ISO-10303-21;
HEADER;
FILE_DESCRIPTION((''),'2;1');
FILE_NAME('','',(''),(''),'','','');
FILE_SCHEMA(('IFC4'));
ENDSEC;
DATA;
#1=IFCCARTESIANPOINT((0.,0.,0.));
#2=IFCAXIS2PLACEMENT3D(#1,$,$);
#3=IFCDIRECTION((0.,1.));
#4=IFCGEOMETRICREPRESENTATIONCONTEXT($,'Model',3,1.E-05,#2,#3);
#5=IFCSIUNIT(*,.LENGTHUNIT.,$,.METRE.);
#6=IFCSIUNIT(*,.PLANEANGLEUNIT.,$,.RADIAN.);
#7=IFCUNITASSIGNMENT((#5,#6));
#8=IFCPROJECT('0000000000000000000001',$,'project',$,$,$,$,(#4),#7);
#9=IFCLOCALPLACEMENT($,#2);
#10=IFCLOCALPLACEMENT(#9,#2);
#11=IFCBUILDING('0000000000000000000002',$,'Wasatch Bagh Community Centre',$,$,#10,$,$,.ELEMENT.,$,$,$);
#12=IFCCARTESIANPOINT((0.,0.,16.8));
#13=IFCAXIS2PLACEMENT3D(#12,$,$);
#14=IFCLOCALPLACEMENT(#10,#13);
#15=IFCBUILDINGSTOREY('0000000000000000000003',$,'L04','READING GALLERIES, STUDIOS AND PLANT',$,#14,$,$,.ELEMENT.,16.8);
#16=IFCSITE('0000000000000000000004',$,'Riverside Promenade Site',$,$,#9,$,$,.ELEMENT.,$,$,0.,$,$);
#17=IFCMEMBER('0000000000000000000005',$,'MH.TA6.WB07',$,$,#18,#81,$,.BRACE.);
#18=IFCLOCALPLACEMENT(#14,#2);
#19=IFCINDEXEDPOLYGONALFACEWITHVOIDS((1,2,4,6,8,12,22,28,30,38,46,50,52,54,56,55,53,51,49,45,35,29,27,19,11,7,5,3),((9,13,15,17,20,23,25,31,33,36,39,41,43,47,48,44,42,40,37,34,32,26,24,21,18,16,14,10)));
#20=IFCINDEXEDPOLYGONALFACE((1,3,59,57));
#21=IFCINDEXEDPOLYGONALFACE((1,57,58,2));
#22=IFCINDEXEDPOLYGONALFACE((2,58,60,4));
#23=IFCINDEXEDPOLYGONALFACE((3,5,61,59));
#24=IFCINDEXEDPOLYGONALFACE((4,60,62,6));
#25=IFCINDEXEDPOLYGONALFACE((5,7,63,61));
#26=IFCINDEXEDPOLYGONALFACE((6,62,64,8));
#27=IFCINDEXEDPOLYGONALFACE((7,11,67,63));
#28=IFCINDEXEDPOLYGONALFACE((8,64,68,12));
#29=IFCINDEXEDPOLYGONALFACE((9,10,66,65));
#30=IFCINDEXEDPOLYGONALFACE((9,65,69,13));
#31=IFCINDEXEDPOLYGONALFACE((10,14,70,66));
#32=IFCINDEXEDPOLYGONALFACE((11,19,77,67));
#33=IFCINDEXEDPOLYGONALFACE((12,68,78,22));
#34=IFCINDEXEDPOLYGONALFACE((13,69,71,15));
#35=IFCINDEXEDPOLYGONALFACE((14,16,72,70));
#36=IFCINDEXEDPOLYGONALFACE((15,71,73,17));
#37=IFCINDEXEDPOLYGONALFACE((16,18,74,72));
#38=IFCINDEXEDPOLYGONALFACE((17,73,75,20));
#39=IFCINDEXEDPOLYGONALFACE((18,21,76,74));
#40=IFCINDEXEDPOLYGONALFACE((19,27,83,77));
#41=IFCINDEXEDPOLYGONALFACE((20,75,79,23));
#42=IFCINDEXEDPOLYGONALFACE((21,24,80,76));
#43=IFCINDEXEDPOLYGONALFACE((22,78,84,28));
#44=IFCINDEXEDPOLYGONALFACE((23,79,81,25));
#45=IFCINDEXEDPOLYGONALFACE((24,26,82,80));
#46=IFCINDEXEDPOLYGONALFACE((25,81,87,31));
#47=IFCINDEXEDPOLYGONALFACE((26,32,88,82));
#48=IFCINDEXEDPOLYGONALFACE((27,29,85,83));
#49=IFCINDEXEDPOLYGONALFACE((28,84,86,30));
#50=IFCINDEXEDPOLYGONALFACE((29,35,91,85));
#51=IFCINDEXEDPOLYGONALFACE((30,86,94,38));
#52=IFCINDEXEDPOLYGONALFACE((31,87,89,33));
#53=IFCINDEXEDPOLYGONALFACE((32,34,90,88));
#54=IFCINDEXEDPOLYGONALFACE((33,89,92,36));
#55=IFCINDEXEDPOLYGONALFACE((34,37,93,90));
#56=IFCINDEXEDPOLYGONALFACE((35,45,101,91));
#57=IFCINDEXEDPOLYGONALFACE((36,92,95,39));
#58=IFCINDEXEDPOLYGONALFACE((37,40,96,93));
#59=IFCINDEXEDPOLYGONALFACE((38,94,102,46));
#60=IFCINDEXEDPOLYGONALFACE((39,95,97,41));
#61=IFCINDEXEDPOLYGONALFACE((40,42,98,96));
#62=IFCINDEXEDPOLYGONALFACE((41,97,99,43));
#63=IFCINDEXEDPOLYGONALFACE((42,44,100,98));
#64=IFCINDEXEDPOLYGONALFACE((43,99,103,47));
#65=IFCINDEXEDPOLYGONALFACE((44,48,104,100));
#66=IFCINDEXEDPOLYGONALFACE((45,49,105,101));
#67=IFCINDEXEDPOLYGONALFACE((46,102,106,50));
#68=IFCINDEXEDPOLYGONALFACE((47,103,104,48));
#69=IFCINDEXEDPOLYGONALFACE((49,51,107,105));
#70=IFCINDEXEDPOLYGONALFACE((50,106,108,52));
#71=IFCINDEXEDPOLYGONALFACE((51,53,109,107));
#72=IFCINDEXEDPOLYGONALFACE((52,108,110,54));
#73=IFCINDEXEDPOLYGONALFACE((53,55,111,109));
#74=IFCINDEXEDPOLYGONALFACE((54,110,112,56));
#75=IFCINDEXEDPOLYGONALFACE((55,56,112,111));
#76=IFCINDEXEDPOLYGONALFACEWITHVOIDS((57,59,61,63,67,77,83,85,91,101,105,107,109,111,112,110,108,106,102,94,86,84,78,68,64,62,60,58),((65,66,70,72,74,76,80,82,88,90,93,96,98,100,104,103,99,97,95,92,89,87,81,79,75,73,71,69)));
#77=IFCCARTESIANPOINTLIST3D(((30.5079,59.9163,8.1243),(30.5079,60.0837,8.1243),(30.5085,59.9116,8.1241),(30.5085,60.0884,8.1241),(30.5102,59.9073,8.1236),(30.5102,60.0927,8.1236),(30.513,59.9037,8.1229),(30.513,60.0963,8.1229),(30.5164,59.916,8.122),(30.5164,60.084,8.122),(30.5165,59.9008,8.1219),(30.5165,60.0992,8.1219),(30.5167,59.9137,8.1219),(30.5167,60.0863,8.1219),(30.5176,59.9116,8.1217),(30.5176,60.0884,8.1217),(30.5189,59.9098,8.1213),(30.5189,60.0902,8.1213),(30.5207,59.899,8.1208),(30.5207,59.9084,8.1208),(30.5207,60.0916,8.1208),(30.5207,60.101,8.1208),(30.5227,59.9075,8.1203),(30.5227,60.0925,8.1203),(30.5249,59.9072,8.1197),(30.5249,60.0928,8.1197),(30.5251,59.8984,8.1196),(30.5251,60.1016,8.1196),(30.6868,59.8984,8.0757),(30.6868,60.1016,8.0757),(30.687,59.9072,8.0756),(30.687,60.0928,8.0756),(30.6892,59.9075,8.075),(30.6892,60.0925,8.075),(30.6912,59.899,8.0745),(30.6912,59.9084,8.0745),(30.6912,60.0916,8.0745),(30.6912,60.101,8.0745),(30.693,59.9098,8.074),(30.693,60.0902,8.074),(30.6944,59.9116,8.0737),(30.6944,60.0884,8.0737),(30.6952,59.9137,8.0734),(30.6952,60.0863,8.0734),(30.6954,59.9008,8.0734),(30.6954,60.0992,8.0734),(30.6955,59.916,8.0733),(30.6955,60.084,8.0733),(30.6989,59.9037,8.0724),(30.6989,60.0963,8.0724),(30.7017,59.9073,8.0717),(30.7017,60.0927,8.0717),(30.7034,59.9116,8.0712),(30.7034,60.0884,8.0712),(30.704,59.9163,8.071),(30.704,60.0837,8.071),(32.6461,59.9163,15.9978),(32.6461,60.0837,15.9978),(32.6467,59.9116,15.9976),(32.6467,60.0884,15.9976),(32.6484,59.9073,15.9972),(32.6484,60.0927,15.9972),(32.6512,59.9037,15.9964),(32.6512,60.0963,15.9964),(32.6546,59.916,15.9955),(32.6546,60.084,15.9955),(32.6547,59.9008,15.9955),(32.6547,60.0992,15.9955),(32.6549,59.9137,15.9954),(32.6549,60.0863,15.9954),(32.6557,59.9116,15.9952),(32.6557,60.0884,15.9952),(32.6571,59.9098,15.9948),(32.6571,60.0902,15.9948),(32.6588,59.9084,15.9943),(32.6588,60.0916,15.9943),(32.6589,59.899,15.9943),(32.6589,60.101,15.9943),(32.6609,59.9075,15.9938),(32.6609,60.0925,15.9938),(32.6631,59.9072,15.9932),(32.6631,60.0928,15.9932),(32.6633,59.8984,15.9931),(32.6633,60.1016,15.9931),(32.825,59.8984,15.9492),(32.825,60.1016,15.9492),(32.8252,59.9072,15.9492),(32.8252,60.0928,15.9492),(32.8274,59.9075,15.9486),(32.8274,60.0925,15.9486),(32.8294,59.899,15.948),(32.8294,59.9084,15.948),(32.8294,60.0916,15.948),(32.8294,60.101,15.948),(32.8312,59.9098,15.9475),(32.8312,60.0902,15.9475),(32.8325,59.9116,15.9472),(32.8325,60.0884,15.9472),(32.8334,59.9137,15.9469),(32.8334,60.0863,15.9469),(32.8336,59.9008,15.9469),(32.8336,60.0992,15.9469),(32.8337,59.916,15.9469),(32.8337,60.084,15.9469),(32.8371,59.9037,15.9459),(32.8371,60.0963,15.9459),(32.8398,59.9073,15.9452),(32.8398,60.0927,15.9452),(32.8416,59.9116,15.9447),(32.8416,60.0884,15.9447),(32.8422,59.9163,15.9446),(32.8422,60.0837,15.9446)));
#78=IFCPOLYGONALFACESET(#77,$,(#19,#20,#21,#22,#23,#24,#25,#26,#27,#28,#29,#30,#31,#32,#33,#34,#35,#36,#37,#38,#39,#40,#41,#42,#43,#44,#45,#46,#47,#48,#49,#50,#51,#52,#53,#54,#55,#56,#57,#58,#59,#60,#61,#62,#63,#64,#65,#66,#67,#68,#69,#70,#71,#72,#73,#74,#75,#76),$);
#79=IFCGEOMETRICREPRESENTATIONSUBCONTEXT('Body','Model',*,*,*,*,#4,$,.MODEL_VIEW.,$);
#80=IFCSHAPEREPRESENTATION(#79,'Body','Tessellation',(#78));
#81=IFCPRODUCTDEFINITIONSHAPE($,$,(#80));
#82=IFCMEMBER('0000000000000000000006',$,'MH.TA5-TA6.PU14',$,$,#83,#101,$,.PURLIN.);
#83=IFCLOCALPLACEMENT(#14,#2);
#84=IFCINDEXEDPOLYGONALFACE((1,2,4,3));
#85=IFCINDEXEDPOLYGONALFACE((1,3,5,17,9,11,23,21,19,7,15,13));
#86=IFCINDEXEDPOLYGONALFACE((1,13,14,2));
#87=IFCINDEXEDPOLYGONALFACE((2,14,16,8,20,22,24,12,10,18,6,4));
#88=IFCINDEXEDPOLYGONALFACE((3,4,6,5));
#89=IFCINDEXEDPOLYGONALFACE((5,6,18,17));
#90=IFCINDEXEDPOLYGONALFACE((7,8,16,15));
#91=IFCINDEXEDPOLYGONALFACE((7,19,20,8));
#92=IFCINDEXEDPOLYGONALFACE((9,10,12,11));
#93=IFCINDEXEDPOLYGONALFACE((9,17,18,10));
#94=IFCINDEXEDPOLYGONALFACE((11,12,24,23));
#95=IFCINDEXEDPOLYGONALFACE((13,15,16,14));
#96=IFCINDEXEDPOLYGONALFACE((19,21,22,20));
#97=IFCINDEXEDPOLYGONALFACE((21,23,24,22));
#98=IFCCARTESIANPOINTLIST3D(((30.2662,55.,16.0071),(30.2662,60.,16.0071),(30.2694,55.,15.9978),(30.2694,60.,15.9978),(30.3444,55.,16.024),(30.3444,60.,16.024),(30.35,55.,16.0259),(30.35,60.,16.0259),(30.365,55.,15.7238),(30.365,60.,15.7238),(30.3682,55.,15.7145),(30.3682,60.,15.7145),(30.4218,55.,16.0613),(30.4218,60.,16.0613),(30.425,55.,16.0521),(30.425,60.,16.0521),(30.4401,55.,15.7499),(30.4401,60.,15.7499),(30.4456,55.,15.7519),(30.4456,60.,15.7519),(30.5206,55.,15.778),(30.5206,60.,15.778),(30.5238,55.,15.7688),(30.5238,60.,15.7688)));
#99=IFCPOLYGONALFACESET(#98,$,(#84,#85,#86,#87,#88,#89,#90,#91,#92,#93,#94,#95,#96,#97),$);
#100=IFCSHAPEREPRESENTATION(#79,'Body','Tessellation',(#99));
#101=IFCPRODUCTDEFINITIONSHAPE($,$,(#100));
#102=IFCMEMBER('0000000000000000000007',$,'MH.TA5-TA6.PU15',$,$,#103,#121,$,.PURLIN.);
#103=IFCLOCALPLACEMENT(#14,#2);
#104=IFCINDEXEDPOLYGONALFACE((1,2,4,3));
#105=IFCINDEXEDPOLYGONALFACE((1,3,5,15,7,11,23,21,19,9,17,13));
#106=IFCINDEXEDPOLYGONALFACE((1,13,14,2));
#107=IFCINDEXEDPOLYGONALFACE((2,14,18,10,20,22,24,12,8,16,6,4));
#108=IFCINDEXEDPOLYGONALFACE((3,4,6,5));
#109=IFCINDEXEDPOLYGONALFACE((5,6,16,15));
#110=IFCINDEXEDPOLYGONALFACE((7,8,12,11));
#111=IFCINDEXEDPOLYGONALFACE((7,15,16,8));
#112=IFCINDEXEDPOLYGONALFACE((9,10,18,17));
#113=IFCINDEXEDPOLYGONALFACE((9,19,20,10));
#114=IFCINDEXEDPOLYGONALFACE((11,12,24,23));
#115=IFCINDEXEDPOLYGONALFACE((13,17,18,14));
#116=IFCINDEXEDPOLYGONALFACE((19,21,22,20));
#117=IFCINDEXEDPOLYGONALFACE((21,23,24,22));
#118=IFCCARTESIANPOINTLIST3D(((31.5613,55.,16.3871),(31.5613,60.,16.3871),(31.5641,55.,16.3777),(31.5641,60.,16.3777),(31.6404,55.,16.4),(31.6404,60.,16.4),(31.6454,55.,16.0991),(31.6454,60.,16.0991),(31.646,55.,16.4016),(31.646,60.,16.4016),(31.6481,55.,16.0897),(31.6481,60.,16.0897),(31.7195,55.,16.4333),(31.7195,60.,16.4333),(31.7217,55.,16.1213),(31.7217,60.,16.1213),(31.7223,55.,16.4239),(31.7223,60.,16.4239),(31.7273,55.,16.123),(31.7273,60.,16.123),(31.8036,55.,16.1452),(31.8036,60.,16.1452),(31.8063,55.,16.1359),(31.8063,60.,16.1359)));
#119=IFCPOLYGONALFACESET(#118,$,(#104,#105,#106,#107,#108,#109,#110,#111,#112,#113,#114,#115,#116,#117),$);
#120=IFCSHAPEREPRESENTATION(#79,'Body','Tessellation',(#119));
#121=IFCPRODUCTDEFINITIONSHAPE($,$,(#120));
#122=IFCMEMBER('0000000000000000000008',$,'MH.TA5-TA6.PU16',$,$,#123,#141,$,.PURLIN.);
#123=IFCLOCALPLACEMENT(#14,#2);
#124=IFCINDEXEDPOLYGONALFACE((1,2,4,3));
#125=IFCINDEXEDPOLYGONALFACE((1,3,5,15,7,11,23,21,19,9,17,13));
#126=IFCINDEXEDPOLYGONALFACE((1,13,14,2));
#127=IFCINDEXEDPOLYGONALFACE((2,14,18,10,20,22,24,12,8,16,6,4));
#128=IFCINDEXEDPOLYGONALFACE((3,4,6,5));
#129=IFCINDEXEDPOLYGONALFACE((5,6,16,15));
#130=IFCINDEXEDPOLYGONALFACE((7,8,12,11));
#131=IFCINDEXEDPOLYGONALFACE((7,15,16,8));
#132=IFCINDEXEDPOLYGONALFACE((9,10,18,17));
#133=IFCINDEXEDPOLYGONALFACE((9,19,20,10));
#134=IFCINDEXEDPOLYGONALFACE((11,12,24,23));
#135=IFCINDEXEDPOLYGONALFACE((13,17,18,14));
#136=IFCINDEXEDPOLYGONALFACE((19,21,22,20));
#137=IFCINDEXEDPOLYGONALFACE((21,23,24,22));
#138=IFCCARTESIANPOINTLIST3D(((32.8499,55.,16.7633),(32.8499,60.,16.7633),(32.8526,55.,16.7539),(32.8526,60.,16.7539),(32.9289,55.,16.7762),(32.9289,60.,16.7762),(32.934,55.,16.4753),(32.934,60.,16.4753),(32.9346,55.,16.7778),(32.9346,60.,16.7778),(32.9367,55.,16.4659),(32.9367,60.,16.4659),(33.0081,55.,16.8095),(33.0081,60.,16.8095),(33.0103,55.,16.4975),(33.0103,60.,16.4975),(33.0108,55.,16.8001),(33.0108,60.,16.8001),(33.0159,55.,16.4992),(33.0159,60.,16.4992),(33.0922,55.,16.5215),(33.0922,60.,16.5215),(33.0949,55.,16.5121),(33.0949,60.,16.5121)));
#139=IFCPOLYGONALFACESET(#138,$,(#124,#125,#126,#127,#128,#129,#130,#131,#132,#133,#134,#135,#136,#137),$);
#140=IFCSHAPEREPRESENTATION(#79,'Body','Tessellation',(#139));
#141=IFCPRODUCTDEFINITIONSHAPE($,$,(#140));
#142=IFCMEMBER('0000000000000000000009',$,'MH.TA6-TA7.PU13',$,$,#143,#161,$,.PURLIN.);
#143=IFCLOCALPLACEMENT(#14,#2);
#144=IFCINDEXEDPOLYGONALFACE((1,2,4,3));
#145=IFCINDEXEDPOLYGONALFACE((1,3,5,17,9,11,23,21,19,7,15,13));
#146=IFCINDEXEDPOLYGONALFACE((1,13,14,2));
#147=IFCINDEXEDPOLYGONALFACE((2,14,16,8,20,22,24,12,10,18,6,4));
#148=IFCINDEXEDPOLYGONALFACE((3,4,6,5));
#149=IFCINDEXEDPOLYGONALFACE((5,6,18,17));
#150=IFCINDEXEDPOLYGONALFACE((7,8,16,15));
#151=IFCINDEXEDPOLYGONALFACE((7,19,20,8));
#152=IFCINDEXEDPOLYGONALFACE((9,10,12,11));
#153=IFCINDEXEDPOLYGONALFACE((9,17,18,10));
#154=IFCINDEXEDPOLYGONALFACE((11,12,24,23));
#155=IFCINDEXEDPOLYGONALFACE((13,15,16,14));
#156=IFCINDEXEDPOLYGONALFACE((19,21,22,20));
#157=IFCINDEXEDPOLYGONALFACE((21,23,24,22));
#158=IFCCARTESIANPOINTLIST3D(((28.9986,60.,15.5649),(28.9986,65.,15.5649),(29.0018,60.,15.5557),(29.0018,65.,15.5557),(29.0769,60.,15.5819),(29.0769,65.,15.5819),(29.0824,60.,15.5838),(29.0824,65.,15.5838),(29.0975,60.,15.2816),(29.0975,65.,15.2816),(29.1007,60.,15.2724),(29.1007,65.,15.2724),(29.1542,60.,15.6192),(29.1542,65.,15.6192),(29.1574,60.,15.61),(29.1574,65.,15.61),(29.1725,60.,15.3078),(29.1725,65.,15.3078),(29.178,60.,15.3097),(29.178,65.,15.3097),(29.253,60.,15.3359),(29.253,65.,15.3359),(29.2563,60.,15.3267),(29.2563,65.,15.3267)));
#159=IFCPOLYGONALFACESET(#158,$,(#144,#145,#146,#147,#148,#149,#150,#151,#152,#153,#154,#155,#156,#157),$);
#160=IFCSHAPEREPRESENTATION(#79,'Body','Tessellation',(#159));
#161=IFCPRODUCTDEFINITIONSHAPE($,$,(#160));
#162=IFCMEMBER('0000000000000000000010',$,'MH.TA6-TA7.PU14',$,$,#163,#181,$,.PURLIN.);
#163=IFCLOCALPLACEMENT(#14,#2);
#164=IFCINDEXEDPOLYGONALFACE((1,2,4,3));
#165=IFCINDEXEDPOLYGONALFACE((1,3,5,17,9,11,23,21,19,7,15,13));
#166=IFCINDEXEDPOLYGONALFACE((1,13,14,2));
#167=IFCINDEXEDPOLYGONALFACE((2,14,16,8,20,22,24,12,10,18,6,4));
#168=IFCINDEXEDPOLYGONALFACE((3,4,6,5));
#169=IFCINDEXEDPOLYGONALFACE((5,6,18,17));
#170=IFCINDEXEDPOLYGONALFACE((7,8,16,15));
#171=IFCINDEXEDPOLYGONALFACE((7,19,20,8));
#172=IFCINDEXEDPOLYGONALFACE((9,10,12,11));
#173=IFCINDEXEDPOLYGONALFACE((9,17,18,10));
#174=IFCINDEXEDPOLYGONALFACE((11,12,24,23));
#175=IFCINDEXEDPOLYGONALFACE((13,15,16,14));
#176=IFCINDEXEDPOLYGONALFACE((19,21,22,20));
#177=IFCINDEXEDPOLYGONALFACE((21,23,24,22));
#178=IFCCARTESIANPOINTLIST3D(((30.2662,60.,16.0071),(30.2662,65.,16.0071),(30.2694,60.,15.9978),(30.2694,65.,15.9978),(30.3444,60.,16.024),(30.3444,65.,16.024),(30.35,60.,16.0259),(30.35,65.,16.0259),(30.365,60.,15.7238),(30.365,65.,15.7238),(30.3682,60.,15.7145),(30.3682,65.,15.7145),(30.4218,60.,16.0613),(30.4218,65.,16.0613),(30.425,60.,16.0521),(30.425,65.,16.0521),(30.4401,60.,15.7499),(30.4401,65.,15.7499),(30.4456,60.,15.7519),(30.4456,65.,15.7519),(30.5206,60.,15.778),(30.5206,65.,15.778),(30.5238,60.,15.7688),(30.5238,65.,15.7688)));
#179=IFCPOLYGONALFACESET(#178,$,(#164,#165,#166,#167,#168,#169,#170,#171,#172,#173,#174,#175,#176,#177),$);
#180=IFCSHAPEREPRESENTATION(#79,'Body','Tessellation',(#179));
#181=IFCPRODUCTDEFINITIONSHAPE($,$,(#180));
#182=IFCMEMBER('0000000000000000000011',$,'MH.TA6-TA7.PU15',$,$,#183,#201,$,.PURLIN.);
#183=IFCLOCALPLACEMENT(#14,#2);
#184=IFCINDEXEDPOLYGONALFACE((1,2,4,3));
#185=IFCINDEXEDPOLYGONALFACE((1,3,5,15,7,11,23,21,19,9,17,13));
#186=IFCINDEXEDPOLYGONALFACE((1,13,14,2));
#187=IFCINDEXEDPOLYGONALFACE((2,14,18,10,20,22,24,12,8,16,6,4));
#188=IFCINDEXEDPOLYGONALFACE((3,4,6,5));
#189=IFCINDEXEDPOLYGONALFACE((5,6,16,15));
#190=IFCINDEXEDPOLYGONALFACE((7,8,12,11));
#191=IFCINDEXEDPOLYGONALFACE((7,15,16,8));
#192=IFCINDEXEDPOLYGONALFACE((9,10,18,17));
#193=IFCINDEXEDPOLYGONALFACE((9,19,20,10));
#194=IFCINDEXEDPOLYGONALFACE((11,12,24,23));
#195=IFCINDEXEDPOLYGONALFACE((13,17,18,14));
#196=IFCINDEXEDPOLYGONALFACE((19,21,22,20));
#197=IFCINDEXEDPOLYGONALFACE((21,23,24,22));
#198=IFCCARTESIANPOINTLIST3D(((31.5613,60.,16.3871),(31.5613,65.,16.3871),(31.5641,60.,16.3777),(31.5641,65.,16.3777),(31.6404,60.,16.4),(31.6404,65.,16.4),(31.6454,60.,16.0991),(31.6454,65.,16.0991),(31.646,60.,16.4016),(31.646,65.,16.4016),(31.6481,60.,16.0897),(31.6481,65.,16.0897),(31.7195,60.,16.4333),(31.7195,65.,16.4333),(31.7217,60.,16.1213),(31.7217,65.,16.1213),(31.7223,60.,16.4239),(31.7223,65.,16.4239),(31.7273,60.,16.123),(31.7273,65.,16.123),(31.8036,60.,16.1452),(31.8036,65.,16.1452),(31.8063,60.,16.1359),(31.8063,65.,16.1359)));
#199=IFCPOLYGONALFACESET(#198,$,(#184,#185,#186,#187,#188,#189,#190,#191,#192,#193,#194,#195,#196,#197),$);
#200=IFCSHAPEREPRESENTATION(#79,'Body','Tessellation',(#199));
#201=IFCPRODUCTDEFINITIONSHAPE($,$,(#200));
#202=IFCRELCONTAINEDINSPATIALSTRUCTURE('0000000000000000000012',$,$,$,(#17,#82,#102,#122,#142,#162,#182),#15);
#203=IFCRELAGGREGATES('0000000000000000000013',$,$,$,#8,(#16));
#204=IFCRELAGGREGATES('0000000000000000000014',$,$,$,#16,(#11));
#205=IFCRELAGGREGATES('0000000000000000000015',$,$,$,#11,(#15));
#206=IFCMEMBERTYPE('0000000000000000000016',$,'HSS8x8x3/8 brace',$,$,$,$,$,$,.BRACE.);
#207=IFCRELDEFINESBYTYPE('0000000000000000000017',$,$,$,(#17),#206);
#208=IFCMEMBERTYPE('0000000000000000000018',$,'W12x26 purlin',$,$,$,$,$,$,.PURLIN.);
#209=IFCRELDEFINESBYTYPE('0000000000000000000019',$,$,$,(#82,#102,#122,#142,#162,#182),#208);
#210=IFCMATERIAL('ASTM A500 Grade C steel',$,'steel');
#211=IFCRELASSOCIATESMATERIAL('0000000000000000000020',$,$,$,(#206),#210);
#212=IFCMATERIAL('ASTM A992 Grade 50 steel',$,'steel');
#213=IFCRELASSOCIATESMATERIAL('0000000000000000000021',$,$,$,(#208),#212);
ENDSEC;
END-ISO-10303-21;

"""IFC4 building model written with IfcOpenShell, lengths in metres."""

from ifc_helpers import new_model, si_unit, direction, frame, origin, origin_2d, place, context, subcontext, project, spatial, hollow_rectangle, i_section, extrude, material, material_profile, profile_set, type_object, element, save


model = new_model("IFC4")

# Units and contexts
model_context = context("Model", 3, precision=1e-05, world=origin(), true_north=direction((0.0, 1.0)))
body_context = subcontext(model_context, "Body", "Model", "MODEL_VIEW")
ifc_project = project(units=[si_unit("LENGTHUNIT", "METRE"), si_unit("PLANEANGLEUNIT", "RADIAN")], contexts=[model_context])

# Site, building, storey
site_placement = place(None, origin())
site = spatial("IfcSite", under=ifc_project, at=site_placement, Name="Riverside Promenade Site", CompositionType="ELEMENT", RefElevation=0.0)
building_placement = place(site_placement, origin())
building = spatial("IfcBuilding", under=site, at=building_placement, Name="Wasatch Bagh Community Centre", CompositionType="ELEMENT")
storey_placement = place(building_placement, frame((0.0, 0.0, 16.8)))
storey = spatial("IfcBuildingStorey", under=building, at=storey_placement, Name="L04", Description="READING GALLERIES, STUDIOS AND PLANT", CompositionType="ELEMENT", Elevation=16.8)

# Members
ifc_material_1 = material(Name="ASTM A500 Grade C steel", Category="steel")
ifc_material_profile_1 = material_profile(ifc_material_1, hollow_rectangle(XDim=0.2031, YDim=0.2031, WallThickness=0.0088, InnerFilletRadius=0.0088, OuterFilletRadius=0.0178, at=origin_2d()), Name="HSS8x8x3/8")
ifc_profile_set_1 = profile_set([ifc_material_profile_1], Name="ASTM A500 Grade C steel")
member_type_1 = type_object("IfcMemberType", Name="HSS8x8x3/8 brace", PredefinedType="BRACE", material=ifc_profile_set_1)
member_1_placement = place(storey_placement, frame((30.606, 60.0, 8.0977), z_axis=(0.262074, 0.0, 0.965048), x_axis=(0.0, 1.0, 0.0)))
element("IfcMember", 1, at=member_1_placement, inside=storey, type_object=member_type_1, Name="MH.TA6.WB07", PredefinedType="BRACE", context=body_context, shape_type="SweptSolid", body=[
    extrude(hollow_rectangle(XDim=0.2031, YDim=0.2031, WallThickness=0.0088, InnerFilletRadius=0.0088, OuterFilletRadius=0.0178, at=origin_2d()), origin(), (0.0, 0.0, 1.0), 8.1587),
])
ifc_material_2 = material(Name="ASTM A992 Grade 50 steel", Category="steel")
ifc_material_profile_2 = material_profile(ifc_material_2, i_section(OverallWidth=0.1648, OverallDepth=0.3098, WebThickness=0.0059, FlangeThickness=0.0098, at=origin_2d()), Name="W12x26")
ifc_profile_set_2 = profile_set([ifc_material_profile_2], Name="ASTM A992 Grade 50 steel")
member_type_2 = type_object("IfcMemberType", Name="W12x26 purlin", PredefinedType="PURLIN", material=ifc_profile_set_2)
for number, where, z_axis, x_axis, name in (
    (2, (30.395, 55.0, 15.8879), (0.0, 1.0, 0.0), (-0.944194, 0.0, -0.329389), "MH.TA5-TA6.PU14"),
    (3, (31.6838, 55.0, 16.2615), (0.0, 1.0, 0.0), (-0.959938, 0.0, -0.280214), "MH.TA5-TA6.PU15"),
    (4, (32.9724, 55.0, 16.6377), (0.0, 1.0, 0.0), (-0.959938, 0.0, -0.280214), "MH.TA5-TA6.PU16"),
    (5, (29.1274, 60.0, 15.4458), (0.0, 1.0, 0.0), (-0.944194, 0.0, -0.329389), "MH.TA6-TA7.PU13"),
    (6, (30.395, 60.0, 15.8879), (0.0, 1.0, 0.0), (-0.944194, 0.0, -0.329389), "MH.TA6-TA7.PU14"),
    (7, (31.6838, 60.0, 16.2615), (0.0, 1.0, 0.0), (-0.959938, 0.0, -0.280214), "MH.TA6-TA7.PU15"),
):
    element("IfcMember", number, at=place(storey_placement, frame(where, z_axis=z_axis, x_axis=x_axis)), inside=storey, type_object=member_type_2, Name=name, PredefinedType="PURLIN", context=body_context, shape_type="SweptSolid", body=[
        extrude(i_section(OverallWidth=0.1648, OverallDepth=0.3098, WebThickness=0.0059, FlangeThickness=0.0098, at=origin_2d()), origin(), (0.0, 0.0, 1.0), 5.0),
    ])

save(model, "model.ifc")
